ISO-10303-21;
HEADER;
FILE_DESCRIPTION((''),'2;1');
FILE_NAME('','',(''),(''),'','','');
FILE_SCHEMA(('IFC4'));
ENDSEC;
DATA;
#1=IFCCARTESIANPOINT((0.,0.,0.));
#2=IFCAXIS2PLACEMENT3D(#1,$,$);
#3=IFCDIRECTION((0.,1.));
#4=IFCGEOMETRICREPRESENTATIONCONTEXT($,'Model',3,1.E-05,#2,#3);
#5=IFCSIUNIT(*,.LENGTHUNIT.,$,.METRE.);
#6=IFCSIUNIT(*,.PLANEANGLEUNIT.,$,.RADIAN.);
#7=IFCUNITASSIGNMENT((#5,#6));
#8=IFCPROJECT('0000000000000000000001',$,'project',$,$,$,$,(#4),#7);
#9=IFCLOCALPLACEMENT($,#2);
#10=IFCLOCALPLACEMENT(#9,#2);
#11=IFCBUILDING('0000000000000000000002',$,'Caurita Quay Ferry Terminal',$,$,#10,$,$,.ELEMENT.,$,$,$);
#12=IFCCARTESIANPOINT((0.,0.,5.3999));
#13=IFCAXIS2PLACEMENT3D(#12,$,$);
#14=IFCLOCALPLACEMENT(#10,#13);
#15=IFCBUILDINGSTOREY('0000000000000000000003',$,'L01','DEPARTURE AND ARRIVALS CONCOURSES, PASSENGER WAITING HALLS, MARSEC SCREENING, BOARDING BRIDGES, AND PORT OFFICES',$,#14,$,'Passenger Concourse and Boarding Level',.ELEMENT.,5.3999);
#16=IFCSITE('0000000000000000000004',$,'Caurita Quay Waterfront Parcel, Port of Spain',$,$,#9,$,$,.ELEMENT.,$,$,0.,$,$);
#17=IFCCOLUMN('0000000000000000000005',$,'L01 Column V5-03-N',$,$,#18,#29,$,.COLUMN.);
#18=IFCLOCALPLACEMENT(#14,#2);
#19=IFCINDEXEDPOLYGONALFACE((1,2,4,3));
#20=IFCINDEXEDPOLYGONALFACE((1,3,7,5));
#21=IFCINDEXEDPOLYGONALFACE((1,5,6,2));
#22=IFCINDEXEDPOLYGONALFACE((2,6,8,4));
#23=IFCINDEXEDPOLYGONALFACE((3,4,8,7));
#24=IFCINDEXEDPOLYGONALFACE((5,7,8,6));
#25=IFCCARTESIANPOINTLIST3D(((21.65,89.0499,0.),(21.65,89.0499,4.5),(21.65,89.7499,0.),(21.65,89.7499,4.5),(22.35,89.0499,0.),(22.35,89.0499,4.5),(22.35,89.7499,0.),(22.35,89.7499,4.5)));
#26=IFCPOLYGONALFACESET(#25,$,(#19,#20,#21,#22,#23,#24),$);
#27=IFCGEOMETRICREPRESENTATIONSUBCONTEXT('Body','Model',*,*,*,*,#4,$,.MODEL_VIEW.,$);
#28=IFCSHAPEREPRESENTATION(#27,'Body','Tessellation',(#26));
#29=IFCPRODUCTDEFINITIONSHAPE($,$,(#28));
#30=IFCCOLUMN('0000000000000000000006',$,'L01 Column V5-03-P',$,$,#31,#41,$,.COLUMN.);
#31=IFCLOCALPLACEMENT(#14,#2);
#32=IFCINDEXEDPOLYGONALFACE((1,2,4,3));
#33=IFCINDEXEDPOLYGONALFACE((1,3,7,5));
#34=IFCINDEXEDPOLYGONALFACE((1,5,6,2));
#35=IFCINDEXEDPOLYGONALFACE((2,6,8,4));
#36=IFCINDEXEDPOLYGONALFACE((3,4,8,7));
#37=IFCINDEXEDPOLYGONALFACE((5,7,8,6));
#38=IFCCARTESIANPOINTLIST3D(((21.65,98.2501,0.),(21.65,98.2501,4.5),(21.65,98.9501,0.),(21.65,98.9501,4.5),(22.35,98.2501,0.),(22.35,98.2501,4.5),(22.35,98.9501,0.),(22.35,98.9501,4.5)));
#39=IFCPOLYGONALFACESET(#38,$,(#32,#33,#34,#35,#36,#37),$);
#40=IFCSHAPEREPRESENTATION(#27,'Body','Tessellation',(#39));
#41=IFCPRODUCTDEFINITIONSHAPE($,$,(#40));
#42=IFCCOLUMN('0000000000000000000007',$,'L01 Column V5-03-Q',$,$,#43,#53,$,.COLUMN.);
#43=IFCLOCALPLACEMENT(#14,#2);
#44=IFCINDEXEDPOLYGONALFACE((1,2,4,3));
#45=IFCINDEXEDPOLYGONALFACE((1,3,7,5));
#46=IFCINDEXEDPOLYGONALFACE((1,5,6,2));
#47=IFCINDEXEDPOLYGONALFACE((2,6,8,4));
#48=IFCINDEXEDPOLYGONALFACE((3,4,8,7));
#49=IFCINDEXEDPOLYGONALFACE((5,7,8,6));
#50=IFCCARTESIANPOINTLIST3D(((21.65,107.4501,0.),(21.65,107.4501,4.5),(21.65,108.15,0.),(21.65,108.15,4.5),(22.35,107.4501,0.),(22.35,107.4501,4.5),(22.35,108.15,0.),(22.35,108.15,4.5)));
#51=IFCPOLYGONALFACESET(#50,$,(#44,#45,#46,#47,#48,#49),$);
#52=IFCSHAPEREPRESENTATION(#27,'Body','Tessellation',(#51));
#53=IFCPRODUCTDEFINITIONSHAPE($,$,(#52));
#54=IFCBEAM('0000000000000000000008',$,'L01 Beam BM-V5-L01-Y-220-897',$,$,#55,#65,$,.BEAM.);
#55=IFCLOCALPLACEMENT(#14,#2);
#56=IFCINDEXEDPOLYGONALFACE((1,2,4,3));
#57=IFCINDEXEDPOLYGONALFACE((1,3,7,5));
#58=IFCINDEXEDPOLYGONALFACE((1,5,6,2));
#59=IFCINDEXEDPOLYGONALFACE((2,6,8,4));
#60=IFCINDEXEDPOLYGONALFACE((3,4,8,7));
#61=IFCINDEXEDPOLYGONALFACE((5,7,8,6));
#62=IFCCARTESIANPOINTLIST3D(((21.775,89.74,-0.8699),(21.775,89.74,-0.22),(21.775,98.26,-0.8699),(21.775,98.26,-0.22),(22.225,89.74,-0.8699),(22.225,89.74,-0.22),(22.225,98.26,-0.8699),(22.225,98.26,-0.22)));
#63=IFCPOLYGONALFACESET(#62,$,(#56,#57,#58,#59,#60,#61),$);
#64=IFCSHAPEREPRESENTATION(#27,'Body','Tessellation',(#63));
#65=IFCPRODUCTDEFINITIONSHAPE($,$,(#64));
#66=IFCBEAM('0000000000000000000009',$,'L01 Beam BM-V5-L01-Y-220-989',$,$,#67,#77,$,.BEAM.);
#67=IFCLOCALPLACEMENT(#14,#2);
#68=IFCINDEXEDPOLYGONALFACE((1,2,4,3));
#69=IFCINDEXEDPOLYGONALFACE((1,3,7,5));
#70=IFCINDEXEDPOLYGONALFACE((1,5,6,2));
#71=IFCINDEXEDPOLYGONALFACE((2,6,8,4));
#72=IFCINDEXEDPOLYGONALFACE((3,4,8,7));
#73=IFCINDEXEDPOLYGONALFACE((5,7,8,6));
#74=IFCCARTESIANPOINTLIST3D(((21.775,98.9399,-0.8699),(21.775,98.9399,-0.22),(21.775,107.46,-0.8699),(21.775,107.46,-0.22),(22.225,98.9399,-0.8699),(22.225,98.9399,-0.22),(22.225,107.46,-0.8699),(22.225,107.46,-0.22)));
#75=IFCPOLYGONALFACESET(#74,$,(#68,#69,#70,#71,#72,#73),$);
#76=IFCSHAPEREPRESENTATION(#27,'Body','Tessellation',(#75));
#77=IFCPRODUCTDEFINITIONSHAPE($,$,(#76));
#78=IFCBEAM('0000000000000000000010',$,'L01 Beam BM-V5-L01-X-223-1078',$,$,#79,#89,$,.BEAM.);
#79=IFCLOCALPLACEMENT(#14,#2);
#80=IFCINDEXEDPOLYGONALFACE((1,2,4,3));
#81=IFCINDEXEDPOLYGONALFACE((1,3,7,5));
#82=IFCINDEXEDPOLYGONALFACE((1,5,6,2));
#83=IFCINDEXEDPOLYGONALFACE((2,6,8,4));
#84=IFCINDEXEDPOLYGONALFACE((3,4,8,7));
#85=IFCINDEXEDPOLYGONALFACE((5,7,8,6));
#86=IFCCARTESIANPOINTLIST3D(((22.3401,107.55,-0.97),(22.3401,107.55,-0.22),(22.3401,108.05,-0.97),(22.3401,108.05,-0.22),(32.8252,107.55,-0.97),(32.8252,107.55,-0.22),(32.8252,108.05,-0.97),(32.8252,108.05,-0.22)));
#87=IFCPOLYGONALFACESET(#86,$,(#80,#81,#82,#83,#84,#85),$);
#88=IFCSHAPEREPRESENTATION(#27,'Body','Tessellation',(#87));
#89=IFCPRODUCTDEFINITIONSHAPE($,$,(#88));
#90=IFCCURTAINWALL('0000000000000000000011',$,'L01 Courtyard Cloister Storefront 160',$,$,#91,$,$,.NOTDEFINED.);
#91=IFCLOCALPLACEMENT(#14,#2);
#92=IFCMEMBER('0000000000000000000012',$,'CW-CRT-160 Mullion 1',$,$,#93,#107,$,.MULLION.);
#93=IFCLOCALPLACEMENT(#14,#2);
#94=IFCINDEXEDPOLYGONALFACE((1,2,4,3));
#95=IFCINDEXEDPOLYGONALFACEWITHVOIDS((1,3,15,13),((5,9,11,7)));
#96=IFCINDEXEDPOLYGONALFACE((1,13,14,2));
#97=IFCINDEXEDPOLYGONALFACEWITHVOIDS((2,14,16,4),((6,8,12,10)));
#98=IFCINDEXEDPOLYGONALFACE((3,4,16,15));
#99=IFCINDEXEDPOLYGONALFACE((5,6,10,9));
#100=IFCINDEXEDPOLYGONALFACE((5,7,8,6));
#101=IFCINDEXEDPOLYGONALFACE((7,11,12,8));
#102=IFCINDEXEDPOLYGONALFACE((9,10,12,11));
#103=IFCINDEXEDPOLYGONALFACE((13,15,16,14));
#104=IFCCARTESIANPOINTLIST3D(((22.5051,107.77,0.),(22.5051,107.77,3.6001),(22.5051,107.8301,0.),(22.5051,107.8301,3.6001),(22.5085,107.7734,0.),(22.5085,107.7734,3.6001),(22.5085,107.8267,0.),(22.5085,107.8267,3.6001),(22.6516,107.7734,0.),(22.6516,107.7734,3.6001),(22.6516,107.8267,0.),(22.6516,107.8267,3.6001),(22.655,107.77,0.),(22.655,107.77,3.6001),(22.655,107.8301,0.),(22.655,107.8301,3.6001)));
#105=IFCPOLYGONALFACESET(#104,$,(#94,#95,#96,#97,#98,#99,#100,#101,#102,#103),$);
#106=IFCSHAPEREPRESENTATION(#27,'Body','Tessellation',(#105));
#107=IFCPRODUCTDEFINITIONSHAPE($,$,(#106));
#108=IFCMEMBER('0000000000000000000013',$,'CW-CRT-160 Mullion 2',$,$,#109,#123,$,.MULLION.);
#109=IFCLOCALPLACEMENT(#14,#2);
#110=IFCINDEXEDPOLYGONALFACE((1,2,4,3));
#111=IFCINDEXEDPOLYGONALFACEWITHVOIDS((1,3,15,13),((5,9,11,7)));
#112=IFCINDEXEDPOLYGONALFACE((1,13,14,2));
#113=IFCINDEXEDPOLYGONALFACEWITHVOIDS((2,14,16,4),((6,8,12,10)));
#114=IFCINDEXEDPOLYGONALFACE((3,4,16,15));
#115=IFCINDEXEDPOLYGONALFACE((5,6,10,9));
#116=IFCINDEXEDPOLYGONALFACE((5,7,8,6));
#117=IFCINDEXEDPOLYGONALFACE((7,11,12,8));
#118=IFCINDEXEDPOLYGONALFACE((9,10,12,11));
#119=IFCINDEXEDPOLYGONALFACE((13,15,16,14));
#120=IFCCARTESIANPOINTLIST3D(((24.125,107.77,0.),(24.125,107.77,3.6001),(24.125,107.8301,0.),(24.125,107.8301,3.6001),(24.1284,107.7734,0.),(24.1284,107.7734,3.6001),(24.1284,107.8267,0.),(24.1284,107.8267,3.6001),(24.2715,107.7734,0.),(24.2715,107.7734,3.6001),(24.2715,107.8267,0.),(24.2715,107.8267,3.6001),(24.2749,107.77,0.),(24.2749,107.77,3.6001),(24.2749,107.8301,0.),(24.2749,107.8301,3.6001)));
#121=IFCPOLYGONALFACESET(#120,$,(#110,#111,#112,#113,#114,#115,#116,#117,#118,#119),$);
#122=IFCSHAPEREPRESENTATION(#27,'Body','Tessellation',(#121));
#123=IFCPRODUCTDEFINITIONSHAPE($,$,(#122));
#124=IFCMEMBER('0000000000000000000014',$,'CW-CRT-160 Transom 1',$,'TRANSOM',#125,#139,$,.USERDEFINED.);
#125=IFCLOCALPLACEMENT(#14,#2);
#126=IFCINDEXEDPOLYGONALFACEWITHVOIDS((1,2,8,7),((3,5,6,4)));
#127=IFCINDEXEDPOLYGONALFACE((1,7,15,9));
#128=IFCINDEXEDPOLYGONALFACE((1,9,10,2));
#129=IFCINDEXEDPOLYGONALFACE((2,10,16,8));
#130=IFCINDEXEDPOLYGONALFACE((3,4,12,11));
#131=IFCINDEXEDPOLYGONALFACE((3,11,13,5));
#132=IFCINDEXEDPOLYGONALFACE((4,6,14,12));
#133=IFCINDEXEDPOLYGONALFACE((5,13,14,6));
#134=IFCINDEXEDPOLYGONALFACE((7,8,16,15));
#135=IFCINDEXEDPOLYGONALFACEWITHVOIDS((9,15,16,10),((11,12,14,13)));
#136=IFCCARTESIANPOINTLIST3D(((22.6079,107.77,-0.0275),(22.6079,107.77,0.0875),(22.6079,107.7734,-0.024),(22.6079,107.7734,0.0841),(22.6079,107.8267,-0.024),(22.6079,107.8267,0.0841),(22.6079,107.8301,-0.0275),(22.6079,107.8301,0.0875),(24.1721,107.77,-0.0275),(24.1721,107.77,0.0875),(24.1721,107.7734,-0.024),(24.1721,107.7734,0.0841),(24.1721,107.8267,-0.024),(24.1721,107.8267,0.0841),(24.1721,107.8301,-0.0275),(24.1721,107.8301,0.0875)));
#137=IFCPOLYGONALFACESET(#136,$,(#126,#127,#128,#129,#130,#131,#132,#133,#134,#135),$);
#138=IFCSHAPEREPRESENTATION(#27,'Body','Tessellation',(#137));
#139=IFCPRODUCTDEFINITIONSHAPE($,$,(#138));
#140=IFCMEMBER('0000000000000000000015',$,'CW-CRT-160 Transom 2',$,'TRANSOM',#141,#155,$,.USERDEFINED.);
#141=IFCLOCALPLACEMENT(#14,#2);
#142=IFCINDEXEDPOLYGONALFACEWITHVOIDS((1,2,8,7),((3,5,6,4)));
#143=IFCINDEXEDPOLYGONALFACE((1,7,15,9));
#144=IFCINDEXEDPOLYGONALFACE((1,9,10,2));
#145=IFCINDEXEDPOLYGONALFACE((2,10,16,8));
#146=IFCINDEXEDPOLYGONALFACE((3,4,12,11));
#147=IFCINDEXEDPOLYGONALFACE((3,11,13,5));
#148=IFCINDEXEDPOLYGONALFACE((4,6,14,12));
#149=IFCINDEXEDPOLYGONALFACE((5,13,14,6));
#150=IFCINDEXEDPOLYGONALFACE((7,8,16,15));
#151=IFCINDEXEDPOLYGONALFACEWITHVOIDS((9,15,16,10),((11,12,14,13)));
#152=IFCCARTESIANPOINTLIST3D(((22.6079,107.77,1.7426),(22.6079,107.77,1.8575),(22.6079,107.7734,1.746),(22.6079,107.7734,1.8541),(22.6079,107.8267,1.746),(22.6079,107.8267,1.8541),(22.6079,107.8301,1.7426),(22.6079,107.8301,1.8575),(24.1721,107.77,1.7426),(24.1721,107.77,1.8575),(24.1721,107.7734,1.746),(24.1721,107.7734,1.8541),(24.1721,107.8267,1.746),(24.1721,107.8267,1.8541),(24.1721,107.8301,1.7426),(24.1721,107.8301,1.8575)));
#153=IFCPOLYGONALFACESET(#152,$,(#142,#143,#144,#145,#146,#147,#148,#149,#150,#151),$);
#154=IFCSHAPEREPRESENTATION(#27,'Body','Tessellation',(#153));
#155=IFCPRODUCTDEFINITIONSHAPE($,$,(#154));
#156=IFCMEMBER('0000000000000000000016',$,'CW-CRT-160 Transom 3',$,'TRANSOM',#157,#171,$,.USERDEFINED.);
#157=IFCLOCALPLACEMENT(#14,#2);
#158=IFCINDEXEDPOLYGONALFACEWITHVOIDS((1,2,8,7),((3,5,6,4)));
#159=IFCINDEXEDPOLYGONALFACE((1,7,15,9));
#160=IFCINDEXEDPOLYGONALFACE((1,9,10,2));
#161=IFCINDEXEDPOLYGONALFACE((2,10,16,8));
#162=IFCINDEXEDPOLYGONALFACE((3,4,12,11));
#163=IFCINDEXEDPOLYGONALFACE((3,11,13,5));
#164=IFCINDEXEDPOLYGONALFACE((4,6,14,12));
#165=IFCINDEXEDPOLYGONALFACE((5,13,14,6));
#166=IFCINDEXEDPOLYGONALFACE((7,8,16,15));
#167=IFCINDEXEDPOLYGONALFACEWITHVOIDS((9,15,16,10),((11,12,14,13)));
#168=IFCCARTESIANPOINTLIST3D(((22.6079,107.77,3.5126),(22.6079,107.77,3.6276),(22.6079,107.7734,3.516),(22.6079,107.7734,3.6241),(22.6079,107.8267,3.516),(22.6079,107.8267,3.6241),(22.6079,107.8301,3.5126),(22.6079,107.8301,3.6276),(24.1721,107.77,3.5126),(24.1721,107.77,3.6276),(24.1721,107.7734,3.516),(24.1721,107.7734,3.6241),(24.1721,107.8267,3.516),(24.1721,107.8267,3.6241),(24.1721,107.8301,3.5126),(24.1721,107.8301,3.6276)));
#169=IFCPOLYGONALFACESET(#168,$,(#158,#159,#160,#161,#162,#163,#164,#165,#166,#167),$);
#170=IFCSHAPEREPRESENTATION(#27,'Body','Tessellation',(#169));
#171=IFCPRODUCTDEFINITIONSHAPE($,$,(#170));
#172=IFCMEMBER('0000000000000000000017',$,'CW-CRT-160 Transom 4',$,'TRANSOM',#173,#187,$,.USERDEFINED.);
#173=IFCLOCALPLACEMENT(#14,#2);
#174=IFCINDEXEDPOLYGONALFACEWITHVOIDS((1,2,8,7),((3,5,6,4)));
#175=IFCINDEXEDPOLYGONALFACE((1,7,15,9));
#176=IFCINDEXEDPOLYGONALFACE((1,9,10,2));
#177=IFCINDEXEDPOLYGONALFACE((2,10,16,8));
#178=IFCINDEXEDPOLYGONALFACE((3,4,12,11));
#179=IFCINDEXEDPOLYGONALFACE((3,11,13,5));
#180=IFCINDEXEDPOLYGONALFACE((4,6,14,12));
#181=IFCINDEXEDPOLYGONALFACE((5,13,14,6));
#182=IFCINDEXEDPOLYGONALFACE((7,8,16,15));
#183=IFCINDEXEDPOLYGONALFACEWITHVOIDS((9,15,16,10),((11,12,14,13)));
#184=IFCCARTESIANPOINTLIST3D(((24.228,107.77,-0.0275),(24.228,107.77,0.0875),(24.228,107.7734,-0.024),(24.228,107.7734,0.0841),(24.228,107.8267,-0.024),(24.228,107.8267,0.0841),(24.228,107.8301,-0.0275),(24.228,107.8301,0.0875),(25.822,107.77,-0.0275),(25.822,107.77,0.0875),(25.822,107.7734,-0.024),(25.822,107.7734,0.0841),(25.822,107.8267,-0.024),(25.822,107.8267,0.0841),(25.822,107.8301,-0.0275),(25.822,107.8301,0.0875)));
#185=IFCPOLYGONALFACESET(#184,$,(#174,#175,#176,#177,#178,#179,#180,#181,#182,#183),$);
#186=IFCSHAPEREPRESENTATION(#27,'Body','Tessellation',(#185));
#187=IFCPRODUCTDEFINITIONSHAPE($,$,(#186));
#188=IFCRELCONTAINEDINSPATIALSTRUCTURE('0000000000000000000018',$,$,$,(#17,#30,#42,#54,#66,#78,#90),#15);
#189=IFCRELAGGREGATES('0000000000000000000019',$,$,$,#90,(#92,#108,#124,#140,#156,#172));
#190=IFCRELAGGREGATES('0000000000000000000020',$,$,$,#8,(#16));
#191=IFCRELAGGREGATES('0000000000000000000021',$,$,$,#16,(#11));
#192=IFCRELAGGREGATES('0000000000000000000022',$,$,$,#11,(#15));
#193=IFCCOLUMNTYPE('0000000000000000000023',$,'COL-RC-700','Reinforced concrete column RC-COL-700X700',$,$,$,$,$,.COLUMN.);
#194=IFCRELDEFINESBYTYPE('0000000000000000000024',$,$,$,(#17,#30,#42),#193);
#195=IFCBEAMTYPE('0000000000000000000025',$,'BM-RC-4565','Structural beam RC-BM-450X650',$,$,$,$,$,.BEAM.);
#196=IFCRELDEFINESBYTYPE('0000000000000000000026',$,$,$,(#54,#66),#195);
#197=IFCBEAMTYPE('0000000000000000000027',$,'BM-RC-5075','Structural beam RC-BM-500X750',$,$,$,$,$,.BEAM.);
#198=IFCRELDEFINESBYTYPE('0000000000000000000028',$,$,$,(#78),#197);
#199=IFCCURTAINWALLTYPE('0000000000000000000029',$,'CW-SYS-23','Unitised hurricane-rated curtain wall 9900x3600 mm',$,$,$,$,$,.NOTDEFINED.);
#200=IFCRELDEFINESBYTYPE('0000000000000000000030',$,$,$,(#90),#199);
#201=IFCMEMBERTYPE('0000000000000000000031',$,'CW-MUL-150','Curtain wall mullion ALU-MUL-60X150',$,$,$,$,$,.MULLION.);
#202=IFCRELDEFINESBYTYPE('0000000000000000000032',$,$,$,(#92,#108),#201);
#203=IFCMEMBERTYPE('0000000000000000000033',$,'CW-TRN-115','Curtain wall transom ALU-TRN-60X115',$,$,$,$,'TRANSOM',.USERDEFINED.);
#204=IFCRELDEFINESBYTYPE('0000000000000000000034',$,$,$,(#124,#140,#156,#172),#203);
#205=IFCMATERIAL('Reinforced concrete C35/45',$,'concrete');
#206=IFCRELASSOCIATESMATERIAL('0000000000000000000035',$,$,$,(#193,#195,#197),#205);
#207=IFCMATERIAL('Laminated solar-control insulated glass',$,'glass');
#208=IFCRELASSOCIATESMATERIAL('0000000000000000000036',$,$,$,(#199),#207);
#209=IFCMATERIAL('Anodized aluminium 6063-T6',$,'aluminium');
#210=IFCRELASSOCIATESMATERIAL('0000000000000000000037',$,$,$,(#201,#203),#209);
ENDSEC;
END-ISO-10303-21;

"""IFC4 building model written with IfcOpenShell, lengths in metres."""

from ifc_helpers import new_model, si_unit, direction, frame, origin, origin_2d, place, context, subcontext, project, spatial, rectangle, hollow_rectangle, extrude, material, material_profile, profile_set, type_object, element, aggregate, save


model = new_model("IFC4")

# Units and contexts
model_context = context("Model", 3, precision=1e-05, world=origin(), true_north=direction((0.0, 1.0)))
body_context = subcontext(model_context, "Body", "Model", "MODEL_VIEW")
ifc_project = project(units=[si_unit("LENGTHUNIT", "METRE"), si_unit("PLANEANGLEUNIT", "RADIAN")], contexts=[model_context])

# Site, building, storey
site_placement = place(None, origin())
site = spatial("IfcSite", under=ifc_project, at=site_placement, Name="Caurita Quay Waterfront Parcel, Port of Spain", CompositionType="ELEMENT", RefElevation=0.0)
building_placement = place(site_placement, origin())
building = spatial("IfcBuilding", under=site, at=building_placement, Name="Caurita Quay Ferry Terminal", CompositionType="ELEMENT")
storey_placement = place(building_placement, frame((0.0, 0.0, 5.3999)))
storey = spatial("IfcBuildingStorey", under=building, at=storey_placement, Name="L01", Description="DEPARTURE AND ARRIVALS CONCOURSES, PASSENGER WAITING HALLS, MARSEC SCREENING, BOARDING BRIDGES, AND PORT OFFICES", LongName="Passenger Concourse and Boarding Level", CompositionType="ELEMENT", Elevation=5.3999)

# Columns
ifc_material_1 = material(Name="Reinforced concrete C35/45", Category="concrete")
ifc_material_profile_1 = material_profile(ifc_material_1, rectangle(XDim=0.7, YDim=0.7, at=origin_2d()), Name="RC-COL-700X700")
ifc_profile_set_1 = profile_set([ifc_material_profile_1], Name="Reinforced concrete C35/45")
column_type = type_object("IfcColumnType", Name="COL-RC-700", Description="Reinforced concrete column RC-COL-700X700", PredefinedType="COLUMN", material=ifc_profile_set_1)
for number, where, z_axis, x_axis, name in (
    (1, (22.0, 89.3999, 0.0), (0.0, 0.0, 1.0), (1.0, 0.0, 0.0), "L01 Column V5-03-N"),
    (2, (22.0, 98.6001, 0.0), (0.0, 0.0, 1.0), (1.0, 0.0, 0.0), "L01 Column V5-03-P"),
    (3, (22.0, 107.8, 0.0), (0.0, 0.0, 1.0), (1.0, 0.0, 0.0), "L01 Column V5-03-Q"),
):
    element("IfcColumn", number, at=place(storey_placement, frame(where, z_axis=z_axis, x_axis=x_axis)), inside=storey, type_object=column_type, Name=name, PredefinedType="COLUMN", context=body_context, shape_type="SweptSolid", body=[
        extrude(rectangle(XDim=0.7, YDim=0.7, at=origin_2d()), origin(), (0.0, 0.0, 1.0), 4.5),
    ])

# Beams
ifc_material_profile_2 = material_profile(ifc_material_1, rectangle(XDim=0.45, YDim=0.6499, at=origin_2d()), Name="RC-BM-450X650")
ifc_profile_set_2 = profile_set([ifc_material_profile_2], Name="Reinforced concrete C35/45")
beam_type_1 = type_object("IfcBeamType", Name="BM-RC-4565", Description="Structural beam RC-BM-450X650", PredefinedType="BEAM", material=ifc_profile_set_2)
for number, where, z_axis, x_axis, name in (
    (4, (22.0, 89.74, -0.5449), (0.0, 1.0, 0.0), (-1.0, 0.0, 0.0), "L01 Beam BM-V5-L01-Y-220-897"),
    (5, (22.0, 98.9399, -0.5449), (0.0, 1.0, 0.0), (-1.0, 0.0, 0.0), "L01 Beam BM-V5-L01-Y-220-989"),
):
    element("IfcBeam", number, at=place(storey_placement, frame(where, z_axis=z_axis, x_axis=x_axis)), inside=storey, type_object=beam_type_1, Name=name, PredefinedType="BEAM", context=body_context, shape_type="SweptSolid", body=[
        extrude(rectangle(XDim=0.45, YDim=0.6499, at=origin_2d()), origin(), (0.0, 0.0, 1.0), 8.52),
    ])
ifc_material_profile_3 = material_profile(ifc_material_1, rectangle(XDim=0.5, YDim=0.75, at=origin_2d()), Name="RC-BM-500X750")
ifc_profile_set_3 = profile_set([ifc_material_profile_3], Name="Reinforced concrete C35/45")
beam_type_2 = type_object("IfcBeamType", Name="BM-RC-5075", Description="Structural beam RC-BM-500X750", PredefinedType="BEAM", material=ifc_profile_set_3)
beam_placement = place(storey_placement, frame((22.3401, 107.8, -0.595), z_axis=(1.0, 0.0, 0.0), x_axis=(0.0, 1.0, 0.0)))
element("IfcBeam", 6, at=beam_placement, inside=storey, type_object=beam_type_2, Name="L01 Beam BM-V5-L01-X-223-1078", PredefinedType="BEAM", context=body_context, shape_type="SweptSolid", body=[
    extrude(rectangle(XDim=0.5, YDim=0.75, at=origin_2d()), origin(), (0.0, 0.0, 1.0), 10.4851),
])

# Curtain wall, members
ifc_material_2 = material(Name="Laminated solar-control insulated glass", Category="glass")
curtain_wall_type = type_object("IfcCurtainWallType", Name="CW-SYS-23", Description="Unitised hurricane-rated curtain wall 9900x3600 mm", PredefinedType="NOTDEFINED", material=ifc_material_2)
curtain_wall_placement = place(storey_placement, origin())
curtain_wall = element("IfcCurtainWall", 7, at=curtain_wall_placement, inside=storey, type_object=curtain_wall_type, Name="L01 Courtyard Cloister Storefront 160", PredefinedType="NOTDEFINED")
ifc_material_3 = material(Name="Anodized aluminium 6063-T6", Category="aluminium")
ifc_material_profile_4 = material_profile(ifc_material_3, hollow_rectangle(XDim=0.0601, YDim=0.1499, WallThickness=0.0034, at=origin_2d()), Name="ALU-MUL-60X150")
ifc_profile_set_4 = profile_set([ifc_material_profile_4], Name="Anodized aluminium 6063-T6")
member_type_1 = type_object("IfcMemberType", Name="CW-MUL-150", Description="Curtain wall mullion ALU-MUL-60X150", PredefinedType="MULLION", material=ifc_profile_set_4)
member_1_placement = place(storey_placement, frame((22.5801, 107.8, 0.0), z_axis=(0.0, 0.0, 1.0), x_axis=(0.0, 1.0, 0.0)))
member_1 = element("IfcMember", 8, at=member_1_placement, type_object=member_type_1, Name="CW-CRT-160 Mullion 1", PredefinedType="MULLION", context=body_context, shape_type="SweptSolid", body=[
    extrude(hollow_rectangle(XDim=0.0601, YDim=0.1499, WallThickness=0.0034, at=origin_2d()), origin(), (0.0, 0.0, 1.0), 3.6001),
])
member_2_placement = place(storey_placement, frame((24.2, 107.8, 0.0), z_axis=(0.0, 0.0, 1.0), x_axis=(0.0, 1.0, 0.0)))
member_2 = element("IfcMember", 9, at=member_2_placement, type_object=member_type_1, Name="CW-CRT-160 Mullion 2", PredefinedType="MULLION", context=body_context, shape_type="SweptSolid", body=[
    extrude(hollow_rectangle(XDim=0.0601, YDim=0.1499, WallThickness=0.0034, at=origin_2d()), origin(), (0.0, 0.0, 1.0), 3.6001),
])
ifc_material_profile_5 = material_profile(ifc_material_3, hollow_rectangle(XDim=0.0601, YDim=0.115, WallThickness=0.0034, at=origin_2d()), Name="ALU-TRN-60X115")
ifc_profile_set_5 = profile_set([ifc_material_profile_5], Name="Anodized aluminium 6063-T6")
member_type_2 = type_object("IfcMemberType", Name="CW-TRN-115", Description="Curtain wall transom ALU-TRN-60X115", ElementType="TRANSOM", PredefinedType="USERDEFINED", material=ifc_profile_set_5)
member_3_placement = place(storey_placement, frame((22.6079, 107.8, 0.03), z_axis=(1.0, 0.0, 0.0), x_axis=(0.0, 1.0, 0.0)))
member_3 = element("IfcMember", 10, at=member_3_placement, type_object=member_type_2, Name="CW-CRT-160 Transom 1", ObjectType="TRANSOM", PredefinedType="USERDEFINED", context=body_context, shape_type="SweptSolid", body=[
    extrude(hollow_rectangle(XDim=0.0601, YDim=0.115, WallThickness=0.0034, at=origin_2d()), origin(), (0.0, 0.0, 1.0), 1.5642),
])
member_4_placement = place(storey_placement, frame((22.6079, 107.8, 1.8), z_axis=(1.0, 0.0, 0.0), x_axis=(0.0, 1.0, 0.0)))
member_4 = element("IfcMember", 11, at=member_4_placement, type_object=member_type_2, Name="CW-CRT-160 Transom 2", ObjectType="TRANSOM", PredefinedType="USERDEFINED", context=body_context, shape_type="SweptSolid", body=[
    extrude(hollow_rectangle(XDim=0.0601, YDim=0.115, WallThickness=0.0034, at=origin_2d()), origin(), (0.0, 0.0, 1.0), 1.5642),
])
member_5_placement = place(storey_placement, frame((22.6079, 107.8, 3.5701), z_axis=(1.0, 0.0, 0.0), x_axis=(0.0, 1.0, 0.0)))
member_5 = element("IfcMember", 12, at=member_5_placement, type_object=member_type_2, Name="CW-CRT-160 Transom 3", ObjectType="TRANSOM", PredefinedType="USERDEFINED", context=body_context, shape_type="SweptSolid", body=[
    extrude(hollow_rectangle(XDim=0.0601, YDim=0.115, WallThickness=0.0034, at=origin_2d()), origin(), (0.0, 0.0, 1.0), 1.5642),
])
member_6_placement = place(storey_placement, frame((24.228, 107.8, 0.03), z_axis=(1.0, 0.0, 0.0), x_axis=(0.0, 1.0, 0.0)))
member_6 = element("IfcMember", 13, at=member_6_placement, type_object=member_type_2, Name="CW-CRT-160 Transom 4", ObjectType="TRANSOM", PredefinedType="USERDEFINED", context=body_context, shape_type="SweptSolid", body=[
    extrude(hollow_rectangle(XDim=0.0601, YDim=0.115, WallThickness=0.0034, at=origin_2d()), origin(), (0.0, 0.0, 1.0), 1.594),
])
aggregate(curtain_wall, [member_1, member_2, member_3, member_4, member_5, member_6])

save(model, "model.ifc")
